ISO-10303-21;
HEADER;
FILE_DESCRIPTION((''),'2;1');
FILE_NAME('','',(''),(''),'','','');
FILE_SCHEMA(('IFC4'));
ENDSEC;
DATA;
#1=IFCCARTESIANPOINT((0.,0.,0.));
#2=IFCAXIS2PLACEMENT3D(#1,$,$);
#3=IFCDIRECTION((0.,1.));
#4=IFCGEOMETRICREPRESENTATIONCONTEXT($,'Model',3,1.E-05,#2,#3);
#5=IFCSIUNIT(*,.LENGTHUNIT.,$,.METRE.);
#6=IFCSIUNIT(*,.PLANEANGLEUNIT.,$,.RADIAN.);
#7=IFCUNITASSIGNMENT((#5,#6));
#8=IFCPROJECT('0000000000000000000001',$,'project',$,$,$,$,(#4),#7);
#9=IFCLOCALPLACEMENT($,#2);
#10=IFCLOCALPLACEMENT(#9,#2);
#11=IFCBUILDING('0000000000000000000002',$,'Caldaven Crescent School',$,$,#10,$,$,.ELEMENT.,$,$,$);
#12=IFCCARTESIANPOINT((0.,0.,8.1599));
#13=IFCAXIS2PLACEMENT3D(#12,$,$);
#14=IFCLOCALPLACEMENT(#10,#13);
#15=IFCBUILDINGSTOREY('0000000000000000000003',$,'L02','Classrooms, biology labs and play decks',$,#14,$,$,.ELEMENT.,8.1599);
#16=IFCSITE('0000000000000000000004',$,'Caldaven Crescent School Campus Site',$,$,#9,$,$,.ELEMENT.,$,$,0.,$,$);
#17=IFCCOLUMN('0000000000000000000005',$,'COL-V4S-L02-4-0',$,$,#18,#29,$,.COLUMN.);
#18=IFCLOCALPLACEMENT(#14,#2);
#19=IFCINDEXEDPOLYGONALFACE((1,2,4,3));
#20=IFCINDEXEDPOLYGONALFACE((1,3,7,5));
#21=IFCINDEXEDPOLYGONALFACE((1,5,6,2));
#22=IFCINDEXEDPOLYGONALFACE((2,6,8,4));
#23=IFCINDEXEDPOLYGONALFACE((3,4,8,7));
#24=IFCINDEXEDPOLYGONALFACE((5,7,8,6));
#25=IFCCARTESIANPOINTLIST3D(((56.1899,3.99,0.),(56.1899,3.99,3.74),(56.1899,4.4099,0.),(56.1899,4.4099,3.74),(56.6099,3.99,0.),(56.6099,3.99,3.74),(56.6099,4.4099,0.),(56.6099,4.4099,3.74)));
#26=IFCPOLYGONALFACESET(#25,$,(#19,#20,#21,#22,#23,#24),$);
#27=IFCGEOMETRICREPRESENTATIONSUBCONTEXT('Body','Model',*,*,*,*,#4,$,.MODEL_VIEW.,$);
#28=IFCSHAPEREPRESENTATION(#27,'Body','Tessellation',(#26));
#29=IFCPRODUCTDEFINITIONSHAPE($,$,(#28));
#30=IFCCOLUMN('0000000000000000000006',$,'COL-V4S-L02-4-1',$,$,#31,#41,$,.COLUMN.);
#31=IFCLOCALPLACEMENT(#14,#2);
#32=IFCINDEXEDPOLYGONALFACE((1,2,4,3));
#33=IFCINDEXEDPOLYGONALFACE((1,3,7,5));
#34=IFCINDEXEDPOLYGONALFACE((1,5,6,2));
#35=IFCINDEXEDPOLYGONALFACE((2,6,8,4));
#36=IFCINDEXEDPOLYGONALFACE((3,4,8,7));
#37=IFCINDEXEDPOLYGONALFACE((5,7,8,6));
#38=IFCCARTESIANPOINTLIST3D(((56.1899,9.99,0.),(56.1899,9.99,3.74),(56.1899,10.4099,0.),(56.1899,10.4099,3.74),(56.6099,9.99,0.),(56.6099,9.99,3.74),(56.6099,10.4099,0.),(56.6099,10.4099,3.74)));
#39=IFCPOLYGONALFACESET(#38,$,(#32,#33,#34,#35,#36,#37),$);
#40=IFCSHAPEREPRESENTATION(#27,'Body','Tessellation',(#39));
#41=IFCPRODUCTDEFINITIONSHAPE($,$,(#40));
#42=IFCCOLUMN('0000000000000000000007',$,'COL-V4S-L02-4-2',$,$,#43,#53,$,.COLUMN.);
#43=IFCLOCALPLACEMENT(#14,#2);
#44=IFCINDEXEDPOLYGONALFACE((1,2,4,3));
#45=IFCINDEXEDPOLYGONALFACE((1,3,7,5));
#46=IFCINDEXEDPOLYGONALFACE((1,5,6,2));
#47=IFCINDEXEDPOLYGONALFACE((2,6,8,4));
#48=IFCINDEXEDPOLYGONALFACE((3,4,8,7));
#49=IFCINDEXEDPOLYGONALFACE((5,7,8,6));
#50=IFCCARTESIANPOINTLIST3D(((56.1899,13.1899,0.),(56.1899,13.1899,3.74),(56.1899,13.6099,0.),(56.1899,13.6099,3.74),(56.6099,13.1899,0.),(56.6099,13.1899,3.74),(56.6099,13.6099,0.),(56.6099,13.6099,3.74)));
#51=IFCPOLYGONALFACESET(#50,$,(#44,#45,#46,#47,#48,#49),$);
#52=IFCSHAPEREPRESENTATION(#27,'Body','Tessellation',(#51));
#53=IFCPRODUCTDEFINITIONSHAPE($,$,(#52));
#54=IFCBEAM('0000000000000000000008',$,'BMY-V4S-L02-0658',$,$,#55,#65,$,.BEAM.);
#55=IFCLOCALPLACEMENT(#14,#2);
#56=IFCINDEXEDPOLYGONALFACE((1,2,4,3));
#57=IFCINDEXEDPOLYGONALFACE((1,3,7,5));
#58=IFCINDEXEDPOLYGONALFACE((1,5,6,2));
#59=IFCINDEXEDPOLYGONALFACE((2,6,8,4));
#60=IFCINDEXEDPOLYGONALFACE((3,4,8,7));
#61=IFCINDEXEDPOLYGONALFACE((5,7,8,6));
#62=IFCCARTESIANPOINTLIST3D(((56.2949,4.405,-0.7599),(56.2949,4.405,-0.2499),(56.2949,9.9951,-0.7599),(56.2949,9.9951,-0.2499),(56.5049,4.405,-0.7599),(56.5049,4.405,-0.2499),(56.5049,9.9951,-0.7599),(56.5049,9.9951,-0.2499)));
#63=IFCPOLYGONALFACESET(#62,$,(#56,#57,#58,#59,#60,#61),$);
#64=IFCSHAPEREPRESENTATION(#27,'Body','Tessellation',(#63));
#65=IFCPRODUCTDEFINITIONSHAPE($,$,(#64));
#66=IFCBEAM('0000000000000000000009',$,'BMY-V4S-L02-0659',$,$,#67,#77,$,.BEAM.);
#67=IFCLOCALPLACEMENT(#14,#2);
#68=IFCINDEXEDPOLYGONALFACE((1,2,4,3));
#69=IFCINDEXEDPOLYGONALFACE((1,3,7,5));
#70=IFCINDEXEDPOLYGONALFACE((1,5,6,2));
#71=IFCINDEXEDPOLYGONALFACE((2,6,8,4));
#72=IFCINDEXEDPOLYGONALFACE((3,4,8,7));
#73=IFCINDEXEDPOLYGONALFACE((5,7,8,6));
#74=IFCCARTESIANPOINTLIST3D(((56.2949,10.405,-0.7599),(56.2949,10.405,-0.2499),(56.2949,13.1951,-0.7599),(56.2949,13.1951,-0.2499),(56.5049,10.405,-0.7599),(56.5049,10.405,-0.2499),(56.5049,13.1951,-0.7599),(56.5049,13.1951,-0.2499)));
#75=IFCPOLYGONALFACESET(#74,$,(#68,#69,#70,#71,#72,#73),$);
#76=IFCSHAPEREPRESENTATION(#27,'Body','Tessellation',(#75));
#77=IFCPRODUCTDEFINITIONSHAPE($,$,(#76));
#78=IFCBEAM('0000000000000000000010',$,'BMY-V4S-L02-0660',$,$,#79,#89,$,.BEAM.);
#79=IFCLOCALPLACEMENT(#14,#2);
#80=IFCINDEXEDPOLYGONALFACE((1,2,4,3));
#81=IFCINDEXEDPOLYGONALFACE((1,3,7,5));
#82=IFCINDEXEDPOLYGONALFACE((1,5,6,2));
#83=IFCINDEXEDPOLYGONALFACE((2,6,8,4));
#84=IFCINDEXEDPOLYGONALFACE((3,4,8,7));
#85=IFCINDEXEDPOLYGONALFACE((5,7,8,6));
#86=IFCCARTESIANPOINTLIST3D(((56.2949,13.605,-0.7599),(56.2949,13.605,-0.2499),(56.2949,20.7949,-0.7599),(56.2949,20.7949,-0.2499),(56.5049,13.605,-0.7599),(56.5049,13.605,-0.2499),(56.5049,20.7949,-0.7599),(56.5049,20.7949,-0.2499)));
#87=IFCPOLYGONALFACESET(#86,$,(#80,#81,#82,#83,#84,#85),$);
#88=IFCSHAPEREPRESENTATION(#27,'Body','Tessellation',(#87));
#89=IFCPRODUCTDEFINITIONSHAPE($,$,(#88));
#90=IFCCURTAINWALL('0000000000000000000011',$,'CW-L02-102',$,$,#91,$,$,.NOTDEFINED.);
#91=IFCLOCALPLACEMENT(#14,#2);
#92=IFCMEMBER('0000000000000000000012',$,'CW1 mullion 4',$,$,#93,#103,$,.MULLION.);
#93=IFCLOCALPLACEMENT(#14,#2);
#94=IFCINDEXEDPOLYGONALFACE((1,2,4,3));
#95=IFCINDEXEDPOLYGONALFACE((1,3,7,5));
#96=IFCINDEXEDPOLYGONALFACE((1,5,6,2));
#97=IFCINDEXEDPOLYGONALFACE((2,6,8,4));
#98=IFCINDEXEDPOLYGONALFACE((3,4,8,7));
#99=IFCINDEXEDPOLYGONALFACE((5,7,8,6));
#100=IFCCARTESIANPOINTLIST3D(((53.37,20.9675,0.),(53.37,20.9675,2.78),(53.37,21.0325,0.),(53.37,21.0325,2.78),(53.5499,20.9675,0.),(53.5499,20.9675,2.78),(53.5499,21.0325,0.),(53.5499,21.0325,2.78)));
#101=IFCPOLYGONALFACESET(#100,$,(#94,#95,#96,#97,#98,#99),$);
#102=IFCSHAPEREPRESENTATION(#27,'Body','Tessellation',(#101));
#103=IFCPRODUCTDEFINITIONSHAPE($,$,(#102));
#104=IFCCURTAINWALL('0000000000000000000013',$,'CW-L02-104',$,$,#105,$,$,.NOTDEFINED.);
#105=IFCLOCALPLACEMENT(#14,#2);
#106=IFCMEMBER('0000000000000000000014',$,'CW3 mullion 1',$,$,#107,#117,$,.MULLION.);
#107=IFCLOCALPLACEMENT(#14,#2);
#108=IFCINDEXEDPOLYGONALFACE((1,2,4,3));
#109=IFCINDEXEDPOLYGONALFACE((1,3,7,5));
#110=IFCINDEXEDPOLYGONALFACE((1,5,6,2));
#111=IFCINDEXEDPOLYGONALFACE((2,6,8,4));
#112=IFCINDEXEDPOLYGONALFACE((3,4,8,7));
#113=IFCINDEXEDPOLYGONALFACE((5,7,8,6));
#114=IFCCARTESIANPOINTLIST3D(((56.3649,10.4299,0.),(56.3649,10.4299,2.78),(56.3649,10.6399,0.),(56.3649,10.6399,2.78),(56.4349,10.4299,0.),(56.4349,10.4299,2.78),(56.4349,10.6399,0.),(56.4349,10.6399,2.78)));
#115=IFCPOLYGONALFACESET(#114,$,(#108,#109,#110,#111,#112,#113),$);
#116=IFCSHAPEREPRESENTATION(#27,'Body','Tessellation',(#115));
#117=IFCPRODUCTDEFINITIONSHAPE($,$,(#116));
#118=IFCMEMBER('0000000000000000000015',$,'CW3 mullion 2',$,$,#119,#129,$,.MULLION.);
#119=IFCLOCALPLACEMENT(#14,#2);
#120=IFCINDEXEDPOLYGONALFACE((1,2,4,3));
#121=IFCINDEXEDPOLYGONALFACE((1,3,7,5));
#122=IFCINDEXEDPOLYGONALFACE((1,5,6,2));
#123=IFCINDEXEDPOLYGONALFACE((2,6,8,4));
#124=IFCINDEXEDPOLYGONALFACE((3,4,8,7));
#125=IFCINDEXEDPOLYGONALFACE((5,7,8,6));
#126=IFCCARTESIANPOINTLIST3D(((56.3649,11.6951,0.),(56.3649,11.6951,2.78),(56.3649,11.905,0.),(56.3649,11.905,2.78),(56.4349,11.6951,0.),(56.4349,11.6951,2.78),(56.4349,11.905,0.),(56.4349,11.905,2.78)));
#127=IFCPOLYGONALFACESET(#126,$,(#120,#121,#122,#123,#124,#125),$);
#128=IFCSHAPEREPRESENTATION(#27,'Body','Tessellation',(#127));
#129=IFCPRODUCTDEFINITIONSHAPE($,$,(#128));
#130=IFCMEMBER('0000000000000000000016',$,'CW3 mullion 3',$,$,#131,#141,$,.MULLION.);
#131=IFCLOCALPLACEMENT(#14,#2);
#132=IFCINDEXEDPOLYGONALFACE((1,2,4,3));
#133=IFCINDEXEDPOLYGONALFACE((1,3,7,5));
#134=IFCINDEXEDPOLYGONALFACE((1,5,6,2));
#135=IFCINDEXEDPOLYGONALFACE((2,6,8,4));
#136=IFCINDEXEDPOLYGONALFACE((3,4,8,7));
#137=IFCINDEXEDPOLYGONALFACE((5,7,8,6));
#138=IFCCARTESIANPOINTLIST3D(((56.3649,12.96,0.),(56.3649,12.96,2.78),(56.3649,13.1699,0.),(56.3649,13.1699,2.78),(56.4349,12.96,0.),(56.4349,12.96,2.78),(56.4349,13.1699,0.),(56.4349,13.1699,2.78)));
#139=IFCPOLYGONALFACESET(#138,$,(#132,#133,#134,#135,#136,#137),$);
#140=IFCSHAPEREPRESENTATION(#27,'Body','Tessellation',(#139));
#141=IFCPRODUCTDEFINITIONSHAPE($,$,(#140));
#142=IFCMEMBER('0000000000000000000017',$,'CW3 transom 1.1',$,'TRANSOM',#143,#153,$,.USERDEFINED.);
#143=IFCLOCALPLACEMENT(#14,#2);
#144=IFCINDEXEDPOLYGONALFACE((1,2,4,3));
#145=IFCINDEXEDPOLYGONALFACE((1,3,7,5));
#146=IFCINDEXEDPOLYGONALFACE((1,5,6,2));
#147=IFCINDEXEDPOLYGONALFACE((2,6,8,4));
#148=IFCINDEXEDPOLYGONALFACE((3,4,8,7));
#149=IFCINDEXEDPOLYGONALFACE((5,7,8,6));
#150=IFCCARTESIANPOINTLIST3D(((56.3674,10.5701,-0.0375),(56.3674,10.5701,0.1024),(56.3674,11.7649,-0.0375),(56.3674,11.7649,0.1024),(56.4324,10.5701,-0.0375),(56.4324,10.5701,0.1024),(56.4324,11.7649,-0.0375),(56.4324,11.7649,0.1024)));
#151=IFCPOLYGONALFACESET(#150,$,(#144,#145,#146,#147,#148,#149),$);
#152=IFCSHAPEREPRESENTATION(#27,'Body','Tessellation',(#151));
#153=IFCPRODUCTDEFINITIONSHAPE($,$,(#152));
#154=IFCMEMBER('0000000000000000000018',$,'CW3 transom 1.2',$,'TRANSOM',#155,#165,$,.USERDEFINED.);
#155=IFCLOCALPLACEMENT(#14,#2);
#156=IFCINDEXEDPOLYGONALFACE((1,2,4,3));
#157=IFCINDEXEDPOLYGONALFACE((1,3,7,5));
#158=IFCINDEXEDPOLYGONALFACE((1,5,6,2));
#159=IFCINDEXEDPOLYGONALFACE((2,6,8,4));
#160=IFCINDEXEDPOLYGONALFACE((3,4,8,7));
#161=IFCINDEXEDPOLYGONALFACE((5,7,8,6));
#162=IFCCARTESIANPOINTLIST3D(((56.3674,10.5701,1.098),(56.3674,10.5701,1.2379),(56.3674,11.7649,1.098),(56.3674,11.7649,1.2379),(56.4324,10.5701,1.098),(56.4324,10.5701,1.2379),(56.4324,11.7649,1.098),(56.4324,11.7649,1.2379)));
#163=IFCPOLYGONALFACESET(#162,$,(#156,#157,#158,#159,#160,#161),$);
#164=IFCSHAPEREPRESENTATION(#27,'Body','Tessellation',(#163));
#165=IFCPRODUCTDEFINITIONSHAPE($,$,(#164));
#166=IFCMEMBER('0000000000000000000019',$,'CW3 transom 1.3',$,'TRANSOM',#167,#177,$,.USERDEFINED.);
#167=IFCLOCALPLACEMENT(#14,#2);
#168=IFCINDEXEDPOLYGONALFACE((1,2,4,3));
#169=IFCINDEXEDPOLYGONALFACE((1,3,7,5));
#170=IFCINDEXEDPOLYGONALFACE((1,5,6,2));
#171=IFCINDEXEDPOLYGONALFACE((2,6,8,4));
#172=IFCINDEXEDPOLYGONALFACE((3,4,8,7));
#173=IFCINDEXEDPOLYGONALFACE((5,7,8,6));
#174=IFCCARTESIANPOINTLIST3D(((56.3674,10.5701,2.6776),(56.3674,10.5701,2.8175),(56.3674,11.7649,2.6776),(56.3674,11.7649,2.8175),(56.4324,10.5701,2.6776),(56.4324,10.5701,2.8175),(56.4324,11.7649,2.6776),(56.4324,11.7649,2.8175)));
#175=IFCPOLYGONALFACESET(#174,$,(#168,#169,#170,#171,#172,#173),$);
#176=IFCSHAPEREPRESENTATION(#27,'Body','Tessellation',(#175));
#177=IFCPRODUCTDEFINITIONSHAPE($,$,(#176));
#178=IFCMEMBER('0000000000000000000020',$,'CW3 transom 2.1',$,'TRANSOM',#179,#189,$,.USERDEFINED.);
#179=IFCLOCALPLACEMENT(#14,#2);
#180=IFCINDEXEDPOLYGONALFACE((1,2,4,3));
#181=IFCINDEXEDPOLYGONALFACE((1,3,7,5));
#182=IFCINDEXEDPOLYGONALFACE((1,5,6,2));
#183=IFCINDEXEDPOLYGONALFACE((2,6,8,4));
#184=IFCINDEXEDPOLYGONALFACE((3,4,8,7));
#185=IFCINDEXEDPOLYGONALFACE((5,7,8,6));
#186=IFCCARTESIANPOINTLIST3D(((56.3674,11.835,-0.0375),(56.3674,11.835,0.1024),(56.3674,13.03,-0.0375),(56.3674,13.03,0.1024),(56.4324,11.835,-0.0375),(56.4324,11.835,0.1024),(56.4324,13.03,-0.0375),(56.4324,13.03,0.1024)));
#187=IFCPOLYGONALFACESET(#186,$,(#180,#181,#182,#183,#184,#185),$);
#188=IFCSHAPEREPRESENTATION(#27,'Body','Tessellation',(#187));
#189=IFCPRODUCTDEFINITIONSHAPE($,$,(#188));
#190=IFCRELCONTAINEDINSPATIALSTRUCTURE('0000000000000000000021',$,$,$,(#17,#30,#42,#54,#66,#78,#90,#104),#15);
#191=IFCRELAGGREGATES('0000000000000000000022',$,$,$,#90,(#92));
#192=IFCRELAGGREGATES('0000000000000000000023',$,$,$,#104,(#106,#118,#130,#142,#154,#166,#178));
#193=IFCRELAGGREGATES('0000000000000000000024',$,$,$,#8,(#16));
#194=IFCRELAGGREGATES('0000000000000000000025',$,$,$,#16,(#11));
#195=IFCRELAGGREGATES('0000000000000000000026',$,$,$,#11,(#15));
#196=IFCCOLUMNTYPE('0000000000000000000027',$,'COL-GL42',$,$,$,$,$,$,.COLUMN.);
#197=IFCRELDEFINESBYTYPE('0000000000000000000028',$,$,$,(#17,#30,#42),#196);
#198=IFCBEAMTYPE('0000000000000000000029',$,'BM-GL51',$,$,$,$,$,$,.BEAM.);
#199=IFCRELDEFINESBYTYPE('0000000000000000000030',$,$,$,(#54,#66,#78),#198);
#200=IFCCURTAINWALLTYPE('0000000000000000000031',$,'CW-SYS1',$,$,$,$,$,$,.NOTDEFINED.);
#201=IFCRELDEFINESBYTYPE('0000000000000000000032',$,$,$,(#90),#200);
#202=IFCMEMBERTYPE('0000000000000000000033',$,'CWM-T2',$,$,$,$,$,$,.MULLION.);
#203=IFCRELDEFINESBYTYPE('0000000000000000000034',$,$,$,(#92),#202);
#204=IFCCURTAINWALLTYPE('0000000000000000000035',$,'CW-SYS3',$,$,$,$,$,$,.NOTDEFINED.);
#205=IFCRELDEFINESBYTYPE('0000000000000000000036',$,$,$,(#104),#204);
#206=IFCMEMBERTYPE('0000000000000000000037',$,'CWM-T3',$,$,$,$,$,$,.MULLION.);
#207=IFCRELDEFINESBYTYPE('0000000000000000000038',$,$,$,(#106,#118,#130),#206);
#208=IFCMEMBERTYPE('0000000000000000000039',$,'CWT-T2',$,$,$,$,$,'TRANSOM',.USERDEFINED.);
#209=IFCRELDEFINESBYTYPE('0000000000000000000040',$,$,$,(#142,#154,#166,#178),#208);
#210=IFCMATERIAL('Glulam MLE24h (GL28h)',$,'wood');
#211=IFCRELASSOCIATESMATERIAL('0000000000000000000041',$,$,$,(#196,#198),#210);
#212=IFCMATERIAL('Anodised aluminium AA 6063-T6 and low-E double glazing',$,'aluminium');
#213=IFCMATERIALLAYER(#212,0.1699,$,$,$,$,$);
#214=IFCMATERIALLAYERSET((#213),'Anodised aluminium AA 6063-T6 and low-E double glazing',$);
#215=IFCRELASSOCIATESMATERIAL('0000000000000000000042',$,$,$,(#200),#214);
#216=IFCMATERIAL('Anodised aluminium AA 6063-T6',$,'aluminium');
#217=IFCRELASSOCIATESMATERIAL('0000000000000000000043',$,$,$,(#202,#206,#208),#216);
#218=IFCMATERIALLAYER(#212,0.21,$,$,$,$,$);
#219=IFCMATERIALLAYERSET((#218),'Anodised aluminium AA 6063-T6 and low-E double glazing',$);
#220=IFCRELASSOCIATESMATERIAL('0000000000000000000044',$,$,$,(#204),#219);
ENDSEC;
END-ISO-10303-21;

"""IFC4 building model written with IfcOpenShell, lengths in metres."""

from ifc_helpers import new_model, si_unit, direction, frame, origin, origin_2d, place, context, subcontext, project, spatial, rectangle, extrude, material, layer, layer_set, material_profile, profile_set, type_object, element, aggregate, save


model = new_model("IFC4")

# Units and contexts
model_context = context("Model", 3, precision=1e-05, world=origin(), true_north=direction((0.0, 1.0)))
body_context = subcontext(model_context, "Body", "Model", "MODEL_VIEW")
ifc_project = project(units=[si_unit("LENGTHUNIT", "METRE"), si_unit("PLANEANGLEUNIT", "RADIAN")], contexts=[model_context])

# Site, building, storey
site_placement = place(None, origin())
site = spatial("IfcSite", under=ifc_project, at=site_placement, Name="Caldaven Crescent School Campus Site", CompositionType="ELEMENT", RefElevation=0.0)
building_placement = place(site_placement, origin())
building = spatial("IfcBuilding", under=site, at=building_placement, Name="Caldaven Crescent School", CompositionType="ELEMENT")
storey_placement = place(building_placement, frame((0.0, 0.0, 8.1599)))
storey = spatial("IfcBuildingStorey", under=building, at=storey_placement, Name="L02", Description="Classrooms, biology labs and play decks", CompositionType="ELEMENT", Elevation=8.1599)

# Columns
ifc_material_1 = material(Name="Glulam MLE24h (GL28h)", Category="wood")
ifc_material_profile_1 = material_profile(ifc_material_1, rectangle(XDim=0.4199, YDim=0.4199, at=origin_2d()), Name="MLE 420x420")
ifc_profile_set_1 = profile_set([ifc_material_profile_1], Name="Glulam MLE24h (GL28h)")
column_type = type_object("IfcColumnType", Name="COL-GL42", PredefinedType="COLUMN", material=ifc_profile_set_1)
for number, where, z_axis, x_axis, name in (
    (1, (56.3999, 4.2, 0.0), (0.0, 0.0, 1.0), (1.0, 0.0, 0.0), "COL-V4S-L02-4-0"),
    (2, (56.3999, 10.2, 0.0), (0.0, 0.0, 1.0), (1.0, 0.0, 0.0), "COL-V4S-L02-4-1"),
    (3, (56.3999, 13.3999, 0.0), (0.0, 0.0, 1.0), (1.0, 0.0, 0.0), "COL-V4S-L02-4-2"),
):
    element("IfcColumn", number, at=place(storey_placement, frame(where, z_axis=z_axis, x_axis=x_axis)), inside=storey, type_object=column_type, Name=name, PredefinedType="COLUMN", context=body_context, shape_type="SweptSolid", body=[
        extrude(rectangle(XDim=0.4199, YDim=0.4199, at=origin_2d()), origin(), (0.0, 0.0, 1.0), 3.74),
    ])

# Beams
ifc_material_profile_2 = material_profile(ifc_material_1, rectangle(XDim=0.21, YDim=0.51, at=origin_2d()), Name="MLE 210x510")
ifc_profile_set_2 = profile_set([ifc_material_profile_2], Name="Glulam MLE24h (GL28h)")
beam_type_1 = type_object("IfcBeamType", Name="BM-GL51", PredefinedType="BEAM", material=ifc_profile_set_2)
beam_1_placement = place(storey_placement, frame((56.3999, 4.405, -0.5049), z_axis=(0.0, 1.0, 0.0), x_axis=(-1.0, 0.0, 0.0)))
element("IfcBeam", 4, at=beam_1_placement, inside=storey, type_object=beam_type_1, Name="BMY-V4S-L02-0658", PredefinedType="BEAM", context=body_context, shape_type="SweptSolid", body=[
    extrude(rectangle(XDim=0.21, YDim=0.51, at=origin_2d()), origin(), (0.0, 0.0, 1.0), 5.5901),
])
beam_2_placement = place(storey_placement, frame((56.3999, 10.405, -0.5049), z_axis=(0.0, 1.0, 0.0), x_axis=(-1.0, 0.0, 0.0)))
element("IfcBeam", 5, at=beam_2_placement, inside=storey, type_object=beam_type_1, Name="BMY-V4S-L02-0659", PredefinedType="BEAM", context=body_context, shape_type="SweptSolid", body=[
    extrude(rectangle(XDim=0.21, YDim=0.51, at=origin_2d()), origin(), (0.0, 0.0, 1.0), 2.79),
])
beam_3_placement = place(storey_placement, frame((56.3999, 13.605, -0.5049), z_axis=(0.0, 1.0, 0.0), x_axis=(-1.0, 0.0, 0.0)))
element("IfcBeam", 6, at=beam_3_placement, inside=storey, type_object=beam_type_1, Name="BMY-V4S-L02-0660", PredefinedType="BEAM", context=body_context, shape_type="SweptSolid", body=[
    extrude(rectangle(XDim=0.21, YDim=0.51, at=origin_2d()), origin(), (0.0, 0.0, 1.0), 7.1899),
])

# Curtain wall, member
ifc_material_2 = material(Name="Anodised aluminium AA 6063-T6 and low-E double glazing", Category="aluminium")
ifc_layer_1 = layer(ifc_material_2, 0.1699)
ifc_layer_set_1 = layer_set([ifc_layer_1], Name="Anodised aluminium AA 6063-T6 and low-E double glazing")
curtain_wall_type_1 = type_object("IfcCurtainWallType", Name="CW-SYS1", PredefinedType="NOTDEFINED", material=ifc_layer_set_1)
curtain_wall_1_placement = place(storey_placement, origin())
curtain_wall_1 = element("IfcCurtainWall", 7, at=curtain_wall_1_placement, inside=storey, type_object=curtain_wall_type_1, Name="CW-L02-102", PredefinedType="NOTDEFINED")
ifc_material_3 = material(Name="Anodised aluminium AA 6063-T6", Category="aluminium")
ifc_material_profile_3 = material_profile(ifc_material_3, rectangle(XDim=0.0649, YDim=0.1799, at=origin_2d()), Name="CWM 65x180")
ifc_profile_set_3 = profile_set([ifc_material_profile_3], Name="Anodised aluminium AA 6063-T6")
member_type_1 = type_object("IfcMemberType", Name="CWM-T2", PredefinedType="MULLION", material=ifc_profile_set_3)
member_1_placement = place(storey_placement, frame((53.46, 21.0, 0.0), z_axis=(0.0, 0.0, 1.0), x_axis=(0.0, 1.0, 0.0)))
member_1 = element("IfcMember", 8, at=member_1_placement, type_object=member_type_1, Name="CW1 mullion 4", PredefinedType="MULLION", context=body_context, shape_type="SweptSolid", body=[
    extrude(rectangle(XDim=0.0649, YDim=0.1799, at=origin_2d()), origin(), (0.0, 0.0, 1.0), 2.78),
])

# Curtain wall, members
ifc_layer_2 = layer(ifc_material_2, 0.21)
ifc_layer_set_2 = layer_set([ifc_layer_2], Name="Anodised aluminium AA 6063-T6 and low-E double glazing")
curtain_wall_type_2 = type_object("IfcCurtainWallType", Name="CW-SYS3", PredefinedType="NOTDEFINED", material=ifc_layer_set_2)
curtain_wall_2_placement = place(storey_placement, origin())
curtain_wall_2 = element("IfcCurtainWall", 9, at=curtain_wall_2_placement, inside=storey, type_object=curtain_wall_type_2, Name="CW-L02-104", PredefinedType="NOTDEFINED")
ifc_material_profile_4 = material_profile(ifc_material_3, rectangle(XDim=0.0701, YDim=0.21, at=origin_2d()), Name="CWM 70x210")
ifc_profile_set_4 = profile_set([ifc_material_profile_4], Name="Anodised aluminium AA 6063-T6")
member_type_2 = type_object("IfcMemberType", Name="CWM-T3", PredefinedType="MULLION", material=ifc_profile_set_4)
member_2_placement = place(storey_placement, frame((56.3999, 10.5349, 0.0), z_axis=(0.0, 0.0, 1.0), x_axis=(-1.0, 0.0, 0.0)))
member_2 = element("IfcMember", 10, at=member_2_placement, type_object=member_type_2, Name="CW3 mullion 1", PredefinedType="MULLION", context=body_context, shape_type="SweptSolid", body=[
    extrude(rectangle(XDim=0.0701, YDim=0.21, at=origin_2d()), origin(), (0.0, 0.0, 1.0), 2.78),
])
member_3_placement = place(storey_placement, frame((56.3999, 11.8, 0.0), z_axis=(0.0, 0.0, 1.0), x_axis=(-1.0, 0.0, 0.0)))
member_3 = element("IfcMember", 11, at=member_3_placement, type_object=member_type_2, Name="CW3 mullion 2", PredefinedType="MULLION", context=body_context, shape_type="SweptSolid", body=[
    extrude(rectangle(XDim=0.0701, YDim=0.21, at=origin_2d()), origin(), (0.0, 0.0, 1.0), 2.78),
])
member_4_placement = place(storey_placement, frame((56.3999, 13.0649, 0.0), z_axis=(0.0, 0.0, 1.0), x_axis=(-1.0, 0.0, 0.0)))
member_4 = element("IfcMember", 12, at=member_4_placement, type_object=member_type_2, Name="CW3 mullion 3", PredefinedType="MULLION", context=body_context, shape_type="SweptSolid", body=[
    extrude(rectangle(XDim=0.0701, YDim=0.21, at=origin_2d()), origin(), (0.0, 0.0, 1.0), 2.78),
])
ifc_material_profile_5 = material_profile(ifc_material_3, rectangle(XDim=0.0649, YDim=0.1399, at=origin_2d()), Name="CWT 65x140")
ifc_profile_set_5 = profile_set([ifc_material_profile_5], Name="Anodised aluminium AA 6063-T6")
member_type_3 = type_object("IfcMemberType", Name="CWT-T2", ElementType="TRANSOM", PredefinedType="USERDEFINED", material=ifc_profile_set_5)
member_5_placement = place(storey_placement, frame((56.3999, 10.5701, 0.0325), z_axis=(0.0, 1.0, 0.0), x_axis=(-1.0, 0.0, 0.0)))
member_5 = element("IfcMember", 13, at=member_5_placement, type_object=member_type_3, Name="CW3 transom 1.1", ObjectType="TRANSOM", PredefinedType="USERDEFINED", context=body_context, shape_type="SweptSolid", body=[
    extrude(rectangle(XDim=0.0649, YDim=0.1399, at=origin_2d()), origin(), (0.0, 0.0, 1.0), 1.1948),
])
member_6_placement = place(storey_placement, frame((56.3999, 10.5701, 1.168), z_axis=(0.0, 1.0, 0.0), x_axis=(-1.0, 0.0, 0.0)))
member_6 = element("IfcMember", 14, at=member_6_placement, type_object=member_type_3, Name="CW3 transom 1.2", ObjectType="TRANSOM", PredefinedType="USERDEFINED", context=body_context, shape_type="SweptSolid", body=[
    extrude(rectangle(XDim=0.0649, YDim=0.1399, at=origin_2d()), origin(), (0.0, 0.0, 1.0), 1.1948),
])
member_7_placement = place(storey_placement, frame((56.3999, 10.5701, 2.7476), z_axis=(0.0, 1.0, 0.0), x_axis=(-1.0, 0.0, 0.0)))
member_7 = element("IfcMember", 15, at=member_7_placement, type_object=member_type_3, Name="CW3 transom 1.3", ObjectType="TRANSOM", PredefinedType="USERDEFINED", context=body_context, shape_type="SweptSolid", body=[
    extrude(rectangle(XDim=0.0649, YDim=0.1399, at=origin_2d()), origin(), (0.0, 0.0, 1.0), 1.1948),
])
member_8_placement = place(storey_placement, frame((56.3999, 11.835, 0.0325), z_axis=(0.0, 1.0, 0.0), x_axis=(-1.0, 0.0, 0.0)))
member_8 = element("IfcMember", 16, at=member_8_placement, type_object=member_type_3, Name="CW3 transom 2.1", ObjectType="TRANSOM", PredefinedType="USERDEFINED", context=body_context, shape_type="SweptSolid", body=[
    extrude(rectangle(XDim=0.0649, YDim=0.1399, at=origin_2d()), origin(), (0.0, 0.0, 1.0), 1.1951),
])

aggregate(curtain_wall_1, [member_1])
aggregate(curtain_wall_2, [member_2, member_3, member_4, member_5, member_6, member_7, member_8])

save(model, "model.ifc")
